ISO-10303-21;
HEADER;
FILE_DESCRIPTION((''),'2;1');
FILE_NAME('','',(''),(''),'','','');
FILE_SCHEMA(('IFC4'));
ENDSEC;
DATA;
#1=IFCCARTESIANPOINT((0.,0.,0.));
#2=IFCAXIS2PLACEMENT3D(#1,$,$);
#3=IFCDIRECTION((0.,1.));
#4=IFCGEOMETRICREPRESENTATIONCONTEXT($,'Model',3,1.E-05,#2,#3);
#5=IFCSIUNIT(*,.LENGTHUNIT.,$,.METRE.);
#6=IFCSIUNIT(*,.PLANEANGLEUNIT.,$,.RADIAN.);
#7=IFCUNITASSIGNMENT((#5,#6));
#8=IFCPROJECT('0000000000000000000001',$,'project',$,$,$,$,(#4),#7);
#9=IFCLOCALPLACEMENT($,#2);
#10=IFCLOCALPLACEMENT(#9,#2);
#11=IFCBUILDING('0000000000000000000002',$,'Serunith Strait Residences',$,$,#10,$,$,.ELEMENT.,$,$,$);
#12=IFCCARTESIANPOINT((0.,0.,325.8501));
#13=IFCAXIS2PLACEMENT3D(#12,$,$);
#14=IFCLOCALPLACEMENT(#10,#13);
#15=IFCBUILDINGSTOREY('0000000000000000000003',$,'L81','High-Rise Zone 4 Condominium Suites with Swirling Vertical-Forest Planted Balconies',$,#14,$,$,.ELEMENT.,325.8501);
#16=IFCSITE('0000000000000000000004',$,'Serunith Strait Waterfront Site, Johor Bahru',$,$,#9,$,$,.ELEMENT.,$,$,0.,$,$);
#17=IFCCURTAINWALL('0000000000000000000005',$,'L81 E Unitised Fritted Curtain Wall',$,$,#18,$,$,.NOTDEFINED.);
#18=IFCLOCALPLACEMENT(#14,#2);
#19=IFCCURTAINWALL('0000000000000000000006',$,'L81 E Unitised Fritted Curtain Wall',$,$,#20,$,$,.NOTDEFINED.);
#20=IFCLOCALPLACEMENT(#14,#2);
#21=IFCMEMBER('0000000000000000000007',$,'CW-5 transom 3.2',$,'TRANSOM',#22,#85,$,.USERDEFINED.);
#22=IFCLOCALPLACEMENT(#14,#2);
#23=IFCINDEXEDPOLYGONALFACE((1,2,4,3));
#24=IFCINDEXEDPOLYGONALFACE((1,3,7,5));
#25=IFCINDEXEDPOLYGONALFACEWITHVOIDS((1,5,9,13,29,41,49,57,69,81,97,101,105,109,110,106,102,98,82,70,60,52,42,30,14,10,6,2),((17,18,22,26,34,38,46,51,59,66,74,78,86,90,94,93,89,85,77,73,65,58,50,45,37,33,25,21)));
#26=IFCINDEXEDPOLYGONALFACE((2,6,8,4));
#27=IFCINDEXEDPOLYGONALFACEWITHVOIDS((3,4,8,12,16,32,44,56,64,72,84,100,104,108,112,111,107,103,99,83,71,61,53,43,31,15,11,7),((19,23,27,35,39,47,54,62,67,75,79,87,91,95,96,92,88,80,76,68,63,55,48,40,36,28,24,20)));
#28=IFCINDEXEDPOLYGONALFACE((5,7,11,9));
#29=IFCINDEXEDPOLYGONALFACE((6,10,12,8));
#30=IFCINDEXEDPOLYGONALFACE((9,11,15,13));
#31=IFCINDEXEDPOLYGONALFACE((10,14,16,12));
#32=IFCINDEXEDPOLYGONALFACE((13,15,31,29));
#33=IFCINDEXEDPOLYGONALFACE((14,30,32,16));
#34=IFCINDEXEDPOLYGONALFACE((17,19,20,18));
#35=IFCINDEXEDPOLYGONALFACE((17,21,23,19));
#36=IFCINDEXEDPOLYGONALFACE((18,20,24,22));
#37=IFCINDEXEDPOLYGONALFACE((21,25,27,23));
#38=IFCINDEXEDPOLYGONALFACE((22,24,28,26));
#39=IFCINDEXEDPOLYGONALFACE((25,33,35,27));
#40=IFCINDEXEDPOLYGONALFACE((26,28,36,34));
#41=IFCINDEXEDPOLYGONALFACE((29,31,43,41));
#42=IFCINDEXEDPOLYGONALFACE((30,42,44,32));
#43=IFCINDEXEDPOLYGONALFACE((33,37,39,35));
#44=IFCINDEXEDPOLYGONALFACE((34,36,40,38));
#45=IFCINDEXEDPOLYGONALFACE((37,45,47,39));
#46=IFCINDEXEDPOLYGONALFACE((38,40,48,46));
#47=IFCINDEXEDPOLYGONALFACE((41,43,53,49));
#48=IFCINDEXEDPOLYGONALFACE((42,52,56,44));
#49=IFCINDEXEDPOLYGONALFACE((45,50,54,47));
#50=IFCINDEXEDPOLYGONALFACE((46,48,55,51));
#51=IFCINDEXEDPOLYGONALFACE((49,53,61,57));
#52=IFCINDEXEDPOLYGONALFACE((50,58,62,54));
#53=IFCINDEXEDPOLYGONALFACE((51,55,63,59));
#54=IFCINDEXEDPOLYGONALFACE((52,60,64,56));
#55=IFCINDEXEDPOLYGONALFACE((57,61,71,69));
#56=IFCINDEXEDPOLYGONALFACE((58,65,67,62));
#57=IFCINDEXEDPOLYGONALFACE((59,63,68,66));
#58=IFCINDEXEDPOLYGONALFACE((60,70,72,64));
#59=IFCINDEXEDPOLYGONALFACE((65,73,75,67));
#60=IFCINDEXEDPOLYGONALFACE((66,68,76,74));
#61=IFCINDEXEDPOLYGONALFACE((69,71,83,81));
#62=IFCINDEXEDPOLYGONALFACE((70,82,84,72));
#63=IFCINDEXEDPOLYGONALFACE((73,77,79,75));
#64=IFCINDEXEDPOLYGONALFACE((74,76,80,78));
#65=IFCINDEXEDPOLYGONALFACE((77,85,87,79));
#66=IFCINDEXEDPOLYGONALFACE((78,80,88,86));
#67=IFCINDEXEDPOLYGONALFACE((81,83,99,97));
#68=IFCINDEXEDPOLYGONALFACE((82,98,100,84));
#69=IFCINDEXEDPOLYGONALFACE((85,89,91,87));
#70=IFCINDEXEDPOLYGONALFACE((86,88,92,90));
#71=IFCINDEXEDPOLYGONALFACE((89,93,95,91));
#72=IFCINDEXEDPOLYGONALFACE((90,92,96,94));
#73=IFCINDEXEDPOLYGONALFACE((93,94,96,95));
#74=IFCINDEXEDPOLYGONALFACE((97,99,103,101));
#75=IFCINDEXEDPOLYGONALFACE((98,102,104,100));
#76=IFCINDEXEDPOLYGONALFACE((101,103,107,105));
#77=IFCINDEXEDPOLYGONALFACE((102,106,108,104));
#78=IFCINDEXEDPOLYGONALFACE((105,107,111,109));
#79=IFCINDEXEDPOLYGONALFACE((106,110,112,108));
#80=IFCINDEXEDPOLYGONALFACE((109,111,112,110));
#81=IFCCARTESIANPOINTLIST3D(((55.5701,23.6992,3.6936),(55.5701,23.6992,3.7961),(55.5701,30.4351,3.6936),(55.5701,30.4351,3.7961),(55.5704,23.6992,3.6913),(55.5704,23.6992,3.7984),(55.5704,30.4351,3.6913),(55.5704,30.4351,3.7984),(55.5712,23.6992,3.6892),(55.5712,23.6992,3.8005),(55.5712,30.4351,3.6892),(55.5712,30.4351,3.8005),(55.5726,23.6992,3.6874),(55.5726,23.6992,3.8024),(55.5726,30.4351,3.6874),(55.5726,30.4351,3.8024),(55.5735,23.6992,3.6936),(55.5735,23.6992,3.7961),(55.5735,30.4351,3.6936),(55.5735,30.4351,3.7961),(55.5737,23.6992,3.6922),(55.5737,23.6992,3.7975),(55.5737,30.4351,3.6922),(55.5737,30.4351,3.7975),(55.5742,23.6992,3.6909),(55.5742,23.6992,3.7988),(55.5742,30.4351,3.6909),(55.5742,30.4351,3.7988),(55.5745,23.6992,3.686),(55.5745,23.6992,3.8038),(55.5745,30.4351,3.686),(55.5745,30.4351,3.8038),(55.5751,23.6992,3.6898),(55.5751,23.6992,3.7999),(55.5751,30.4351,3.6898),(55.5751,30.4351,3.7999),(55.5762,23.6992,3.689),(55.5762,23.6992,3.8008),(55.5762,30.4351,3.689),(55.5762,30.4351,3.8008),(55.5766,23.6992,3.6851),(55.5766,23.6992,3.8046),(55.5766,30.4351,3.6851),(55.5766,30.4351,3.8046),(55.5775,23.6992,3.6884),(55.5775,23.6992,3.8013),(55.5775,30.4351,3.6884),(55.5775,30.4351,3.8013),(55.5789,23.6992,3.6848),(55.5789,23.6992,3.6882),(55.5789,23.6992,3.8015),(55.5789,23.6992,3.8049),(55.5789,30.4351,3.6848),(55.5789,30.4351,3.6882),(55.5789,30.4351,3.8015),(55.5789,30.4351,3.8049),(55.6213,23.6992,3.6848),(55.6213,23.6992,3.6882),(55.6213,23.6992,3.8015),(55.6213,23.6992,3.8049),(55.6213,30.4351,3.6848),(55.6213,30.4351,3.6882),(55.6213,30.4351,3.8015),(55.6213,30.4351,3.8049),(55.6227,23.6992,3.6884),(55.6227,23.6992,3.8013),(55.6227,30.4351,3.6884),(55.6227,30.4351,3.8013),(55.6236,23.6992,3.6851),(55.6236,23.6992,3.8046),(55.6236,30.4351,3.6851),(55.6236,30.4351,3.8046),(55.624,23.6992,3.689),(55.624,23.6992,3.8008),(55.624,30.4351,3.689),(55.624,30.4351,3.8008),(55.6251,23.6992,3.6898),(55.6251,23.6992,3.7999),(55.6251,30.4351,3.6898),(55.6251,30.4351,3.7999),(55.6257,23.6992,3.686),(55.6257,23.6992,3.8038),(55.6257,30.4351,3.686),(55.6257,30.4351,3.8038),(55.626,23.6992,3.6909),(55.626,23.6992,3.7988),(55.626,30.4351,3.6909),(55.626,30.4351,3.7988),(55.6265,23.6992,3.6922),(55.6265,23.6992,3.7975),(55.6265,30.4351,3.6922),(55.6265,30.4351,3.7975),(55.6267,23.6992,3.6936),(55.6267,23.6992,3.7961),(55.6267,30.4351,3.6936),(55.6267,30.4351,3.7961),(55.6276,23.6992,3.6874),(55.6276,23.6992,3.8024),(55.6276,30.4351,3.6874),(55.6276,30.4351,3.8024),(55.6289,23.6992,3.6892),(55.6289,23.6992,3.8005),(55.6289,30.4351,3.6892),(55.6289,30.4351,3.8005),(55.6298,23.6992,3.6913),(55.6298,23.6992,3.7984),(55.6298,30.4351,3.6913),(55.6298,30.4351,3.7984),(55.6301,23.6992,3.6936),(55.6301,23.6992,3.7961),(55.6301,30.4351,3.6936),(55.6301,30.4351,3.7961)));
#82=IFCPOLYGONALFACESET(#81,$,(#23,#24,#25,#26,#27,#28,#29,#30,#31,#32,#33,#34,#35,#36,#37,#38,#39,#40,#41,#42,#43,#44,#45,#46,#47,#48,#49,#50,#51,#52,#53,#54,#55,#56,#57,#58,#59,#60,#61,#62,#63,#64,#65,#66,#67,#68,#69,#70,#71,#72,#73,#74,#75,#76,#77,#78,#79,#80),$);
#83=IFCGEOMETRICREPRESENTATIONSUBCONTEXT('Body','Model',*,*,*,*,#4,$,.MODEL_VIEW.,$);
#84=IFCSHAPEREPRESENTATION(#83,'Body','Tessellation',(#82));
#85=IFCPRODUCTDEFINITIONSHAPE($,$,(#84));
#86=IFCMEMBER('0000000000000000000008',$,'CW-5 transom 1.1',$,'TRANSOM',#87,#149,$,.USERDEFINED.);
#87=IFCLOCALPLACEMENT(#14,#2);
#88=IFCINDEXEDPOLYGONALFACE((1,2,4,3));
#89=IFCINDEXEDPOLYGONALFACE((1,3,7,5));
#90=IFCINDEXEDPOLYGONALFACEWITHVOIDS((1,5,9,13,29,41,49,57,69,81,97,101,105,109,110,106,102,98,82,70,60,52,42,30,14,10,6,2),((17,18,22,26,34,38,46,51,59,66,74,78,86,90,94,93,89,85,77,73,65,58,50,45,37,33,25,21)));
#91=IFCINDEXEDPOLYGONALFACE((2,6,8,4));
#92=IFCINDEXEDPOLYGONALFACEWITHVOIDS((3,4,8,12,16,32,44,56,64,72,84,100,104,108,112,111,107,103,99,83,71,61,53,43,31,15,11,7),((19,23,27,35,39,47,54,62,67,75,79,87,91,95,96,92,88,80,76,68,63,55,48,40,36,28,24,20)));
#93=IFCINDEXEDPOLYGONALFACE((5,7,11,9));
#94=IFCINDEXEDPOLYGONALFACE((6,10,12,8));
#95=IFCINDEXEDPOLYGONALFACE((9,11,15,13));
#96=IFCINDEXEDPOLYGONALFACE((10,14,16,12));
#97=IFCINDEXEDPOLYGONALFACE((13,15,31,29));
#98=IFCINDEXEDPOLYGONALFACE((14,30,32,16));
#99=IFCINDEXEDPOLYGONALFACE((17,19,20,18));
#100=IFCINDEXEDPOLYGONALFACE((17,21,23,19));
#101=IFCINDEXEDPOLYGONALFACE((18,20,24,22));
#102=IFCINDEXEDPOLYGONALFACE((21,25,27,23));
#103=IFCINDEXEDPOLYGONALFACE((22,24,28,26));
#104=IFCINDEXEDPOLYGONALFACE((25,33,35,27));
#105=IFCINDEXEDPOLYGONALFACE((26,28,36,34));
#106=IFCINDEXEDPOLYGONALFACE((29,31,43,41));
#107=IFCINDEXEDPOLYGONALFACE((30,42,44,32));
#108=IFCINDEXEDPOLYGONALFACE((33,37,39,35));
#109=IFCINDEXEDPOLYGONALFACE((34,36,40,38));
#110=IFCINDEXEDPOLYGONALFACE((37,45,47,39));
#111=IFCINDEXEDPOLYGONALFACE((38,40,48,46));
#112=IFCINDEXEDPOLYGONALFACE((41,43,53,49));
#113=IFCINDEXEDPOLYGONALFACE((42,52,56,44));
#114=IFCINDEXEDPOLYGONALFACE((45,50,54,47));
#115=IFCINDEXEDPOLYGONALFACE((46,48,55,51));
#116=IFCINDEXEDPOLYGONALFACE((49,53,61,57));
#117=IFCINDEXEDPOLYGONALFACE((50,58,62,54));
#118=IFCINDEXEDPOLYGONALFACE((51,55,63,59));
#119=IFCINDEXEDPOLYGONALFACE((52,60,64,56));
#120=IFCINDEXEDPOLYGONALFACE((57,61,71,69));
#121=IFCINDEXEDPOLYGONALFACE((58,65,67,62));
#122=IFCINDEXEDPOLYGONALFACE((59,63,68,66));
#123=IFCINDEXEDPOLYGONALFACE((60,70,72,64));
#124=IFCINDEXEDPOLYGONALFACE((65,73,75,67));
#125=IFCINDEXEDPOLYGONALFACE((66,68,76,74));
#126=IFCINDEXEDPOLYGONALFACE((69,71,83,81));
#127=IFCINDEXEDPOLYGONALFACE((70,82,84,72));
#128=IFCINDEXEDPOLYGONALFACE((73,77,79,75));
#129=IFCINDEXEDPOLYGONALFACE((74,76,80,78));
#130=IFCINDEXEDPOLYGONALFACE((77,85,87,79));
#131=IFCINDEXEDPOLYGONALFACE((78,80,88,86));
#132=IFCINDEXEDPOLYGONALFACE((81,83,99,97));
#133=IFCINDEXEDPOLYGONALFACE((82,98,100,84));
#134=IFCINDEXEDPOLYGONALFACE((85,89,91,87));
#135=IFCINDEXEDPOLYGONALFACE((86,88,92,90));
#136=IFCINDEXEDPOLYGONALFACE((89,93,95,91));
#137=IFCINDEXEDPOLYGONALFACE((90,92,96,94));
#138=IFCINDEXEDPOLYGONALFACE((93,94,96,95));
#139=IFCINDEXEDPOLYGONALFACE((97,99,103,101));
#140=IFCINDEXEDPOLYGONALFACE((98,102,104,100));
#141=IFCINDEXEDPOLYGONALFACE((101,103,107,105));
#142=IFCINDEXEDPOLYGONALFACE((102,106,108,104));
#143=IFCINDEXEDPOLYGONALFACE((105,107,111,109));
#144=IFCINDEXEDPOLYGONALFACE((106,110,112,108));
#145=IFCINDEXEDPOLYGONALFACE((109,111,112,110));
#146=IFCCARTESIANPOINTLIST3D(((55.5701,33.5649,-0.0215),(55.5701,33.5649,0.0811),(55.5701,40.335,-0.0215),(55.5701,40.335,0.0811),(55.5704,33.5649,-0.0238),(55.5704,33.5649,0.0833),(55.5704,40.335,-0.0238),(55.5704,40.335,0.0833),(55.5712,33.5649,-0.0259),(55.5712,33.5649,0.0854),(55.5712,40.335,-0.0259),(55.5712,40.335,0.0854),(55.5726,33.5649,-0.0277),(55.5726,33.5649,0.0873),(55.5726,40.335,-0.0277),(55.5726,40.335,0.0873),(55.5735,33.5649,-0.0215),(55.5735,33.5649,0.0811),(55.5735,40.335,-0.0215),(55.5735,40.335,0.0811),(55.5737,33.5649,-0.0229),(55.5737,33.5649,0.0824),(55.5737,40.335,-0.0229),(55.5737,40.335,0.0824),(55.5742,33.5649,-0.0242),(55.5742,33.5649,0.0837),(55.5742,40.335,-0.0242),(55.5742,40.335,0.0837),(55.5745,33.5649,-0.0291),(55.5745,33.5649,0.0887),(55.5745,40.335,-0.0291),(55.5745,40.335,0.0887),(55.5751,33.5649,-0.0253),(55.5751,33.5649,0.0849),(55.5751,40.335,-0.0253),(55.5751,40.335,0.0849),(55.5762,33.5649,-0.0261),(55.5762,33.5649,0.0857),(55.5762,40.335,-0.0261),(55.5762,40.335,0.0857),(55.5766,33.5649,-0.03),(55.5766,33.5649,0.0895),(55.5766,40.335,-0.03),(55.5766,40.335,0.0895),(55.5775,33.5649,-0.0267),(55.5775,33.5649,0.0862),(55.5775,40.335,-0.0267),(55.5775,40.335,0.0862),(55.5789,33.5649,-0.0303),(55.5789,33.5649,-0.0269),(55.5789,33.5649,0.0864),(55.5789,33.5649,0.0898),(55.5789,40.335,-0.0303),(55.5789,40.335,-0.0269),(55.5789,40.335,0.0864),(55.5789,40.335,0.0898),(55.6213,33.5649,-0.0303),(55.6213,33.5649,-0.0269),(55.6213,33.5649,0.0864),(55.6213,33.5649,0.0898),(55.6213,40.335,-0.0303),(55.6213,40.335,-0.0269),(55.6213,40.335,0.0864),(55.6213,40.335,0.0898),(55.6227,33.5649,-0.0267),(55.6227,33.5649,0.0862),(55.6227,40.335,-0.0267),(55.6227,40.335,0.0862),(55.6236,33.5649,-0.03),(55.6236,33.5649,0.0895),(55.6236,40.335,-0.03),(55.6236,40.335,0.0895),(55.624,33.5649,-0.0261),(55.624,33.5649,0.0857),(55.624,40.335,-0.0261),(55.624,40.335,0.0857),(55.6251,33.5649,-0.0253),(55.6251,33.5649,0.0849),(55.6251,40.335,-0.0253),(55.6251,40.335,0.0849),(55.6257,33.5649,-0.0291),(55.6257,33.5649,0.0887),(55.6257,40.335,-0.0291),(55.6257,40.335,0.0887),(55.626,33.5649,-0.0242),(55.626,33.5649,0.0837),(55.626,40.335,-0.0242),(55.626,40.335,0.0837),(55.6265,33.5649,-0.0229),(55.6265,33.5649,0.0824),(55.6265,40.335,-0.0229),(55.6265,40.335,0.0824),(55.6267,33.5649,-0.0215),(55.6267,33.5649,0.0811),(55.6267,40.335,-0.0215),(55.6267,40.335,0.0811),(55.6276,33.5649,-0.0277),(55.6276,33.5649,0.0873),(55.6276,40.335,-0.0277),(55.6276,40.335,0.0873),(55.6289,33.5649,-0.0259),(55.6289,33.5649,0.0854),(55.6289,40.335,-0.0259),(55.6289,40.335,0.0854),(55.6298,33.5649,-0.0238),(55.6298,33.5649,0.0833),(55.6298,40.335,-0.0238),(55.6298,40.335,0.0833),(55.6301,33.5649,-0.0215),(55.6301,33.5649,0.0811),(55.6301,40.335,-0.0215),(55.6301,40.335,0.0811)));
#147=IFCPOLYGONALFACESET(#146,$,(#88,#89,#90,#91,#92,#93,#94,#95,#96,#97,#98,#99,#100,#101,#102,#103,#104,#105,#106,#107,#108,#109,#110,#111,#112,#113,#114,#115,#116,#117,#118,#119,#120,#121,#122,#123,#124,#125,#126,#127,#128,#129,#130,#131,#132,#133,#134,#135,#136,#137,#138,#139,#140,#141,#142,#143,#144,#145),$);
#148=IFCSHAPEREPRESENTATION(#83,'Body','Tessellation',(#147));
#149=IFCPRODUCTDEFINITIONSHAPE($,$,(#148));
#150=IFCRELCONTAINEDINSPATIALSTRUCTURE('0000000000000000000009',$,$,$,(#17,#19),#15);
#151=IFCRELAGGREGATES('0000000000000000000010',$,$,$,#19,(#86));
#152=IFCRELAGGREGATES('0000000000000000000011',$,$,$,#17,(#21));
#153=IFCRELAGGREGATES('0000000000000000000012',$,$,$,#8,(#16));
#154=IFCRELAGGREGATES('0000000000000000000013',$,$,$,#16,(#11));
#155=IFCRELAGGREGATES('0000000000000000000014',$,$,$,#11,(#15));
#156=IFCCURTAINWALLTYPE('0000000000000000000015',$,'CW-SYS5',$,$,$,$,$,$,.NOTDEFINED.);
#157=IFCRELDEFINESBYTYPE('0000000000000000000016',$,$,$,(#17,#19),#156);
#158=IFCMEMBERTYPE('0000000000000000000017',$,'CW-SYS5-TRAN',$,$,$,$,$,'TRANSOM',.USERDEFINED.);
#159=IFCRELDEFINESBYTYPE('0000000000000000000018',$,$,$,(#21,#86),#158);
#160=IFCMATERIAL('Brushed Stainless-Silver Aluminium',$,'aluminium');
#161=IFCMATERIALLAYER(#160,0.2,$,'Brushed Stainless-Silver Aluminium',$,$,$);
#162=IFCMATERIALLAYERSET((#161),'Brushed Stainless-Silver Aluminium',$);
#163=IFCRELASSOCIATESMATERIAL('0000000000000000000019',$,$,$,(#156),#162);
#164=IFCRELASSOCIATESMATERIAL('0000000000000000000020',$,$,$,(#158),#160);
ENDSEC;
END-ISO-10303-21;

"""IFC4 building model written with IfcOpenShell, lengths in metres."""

from ifc_helpers import new_model, si_unit, direction, frame, origin, origin_2d, place, context, subcontext, project, spatial, hollow_rectangle, extrude, source, transform, mapped, material, layer, layer_set, material_profile, profile_set, type_object, element, aggregate, save


model = new_model("IFC4")

# Units and contexts
model_context = context("Model", 3, precision=1e-05, world=origin(), true_north=direction((0.0, 1.0)))
body_context = subcontext(model_context, "Body", "Model", "MODEL_VIEW")
ifc_project = project(units=[si_unit("LENGTHUNIT", "METRE"), si_unit("PLANEANGLEUNIT", "RADIAN")], contexts=[model_context])

# Site, building, storey
site_placement = place(None, origin())
site = spatial("IfcSite", under=ifc_project, at=site_placement, Name="Serunith Strait Waterfront Site, Johor Bahru", CompositionType="ELEMENT", RefElevation=0.0)
building_placement = place(site_placement, origin())
building = spatial("IfcBuilding", under=site, at=building_placement, Name="Serunith Strait Residences", CompositionType="ELEMENT")
storey_placement = place(building_placement, frame((0.0, 0.0, 325.8501)))
storey = spatial("IfcBuildingStorey", under=building, at=storey_placement, Name="L81", Description="High-Rise Zone 4 Condominium Suites with Swirling Vertical-Forest Planted Balconies", CompositionType="ELEMENT", Elevation=325.8501)

# Curtain wall
ifc_material_1 = material(Name="Brushed Stainless-Silver Aluminium", Category="aluminium")
ifc_layer_1 = layer(ifc_material_1, 0.2, Name="Brushed Stainless-Silver Aluminium")
ifc_layer_set_1 = layer_set([ifc_layer_1], Name="Brushed Stainless-Silver Aluminium")
curtain_wall_type = type_object("IfcCurtainWallType", Name="CW-SYS5", PredefinedType="NOTDEFINED", material=ifc_layer_set_1)
curtain_wall_1_placement = place(storey_placement, origin())
curtain_wall_1 = element("IfcCurtainWall", 1, at=curtain_wall_1_placement, inside=storey, type_object=curtain_wall_type, Name="L81 E Unitised Fritted Curtain Wall", PredefinedType="NOTDEFINED")

# Curtain wall
curtain_wall_2_placement = place(storey_placement, origin())
curtain_wall_2 = element("IfcCurtainWall", 2, at=curtain_wall_2_placement, inside=storey, type_object=curtain_wall_type, Name="L81 E Unitised Fritted Curtain Wall", PredefinedType="NOTDEFINED")

# Members
ifc_material_profile_1 = material_profile(ifc_material_1, hollow_rectangle(XDim=0.0601, YDim=0.1201, WallThickness=0.0034, InnerFilletRadius=0.0054, OuterFilletRadius=0.0088, at=origin_2d()), Name="ALU 120x60x3.5")
ifc_profile_set_1 = profile_set([ifc_material_profile_1], Name="Brushed Stainless-Silver Aluminium")
member_type_1 = type_object("IfcMemberType", Name="CW-SYS5-TRAN", ElementType="TRANSOM", PredefinedType="USERDEFINED", material=ifc_profile_set_1)
shared_shape_1 = source(origin(), body_context, "Body", "SweptSolid", [
    extrude(hollow_rectangle(XDim=0.0601, YDim=0.1201, WallThickness=0.0034, InnerFilletRadius=0.0054, OuterFilletRadius=0.0088, at=origin_2d()), origin(), (0.0, 0.0, 1.0), 6.7358),
])
member_1_placement = place(storey_placement, frame((55.6001, 23.6992, 3.7449), z_axis=(0.0, 1.0, 0.0), x_axis=(-1.0, 0.0, 0.0)))
member_1 = element("IfcMember", 3, at=member_1_placement, type_object=member_type_1, Name="CW-5 transom 3.2", ObjectType="TRANSOM", PredefinedType="USERDEFINED", context=body_context, shape_type="MappedRepresentation", body=[
    mapped(shared_shape_1, transform((0.0, 0.0, 0.0), scale=1.0)),
])
shared_shape_2 = source(origin(), body_context, "Body", "SweptSolid", [
    extrude(hollow_rectangle(XDim=0.0601, YDim=0.1201, WallThickness=0.0034, InnerFilletRadius=0.0054, OuterFilletRadius=0.0088, at=origin_2d()), origin(), (0.0, 0.0, 1.0), 6.77),
])
member_2_placement = place(storey_placement, frame((55.6001, 33.5649, 0.0298), z_axis=(0.0, 1.0, 0.0), x_axis=(-1.0, 0.0, 0.0)))
member_2 = element("IfcMember", 4, at=member_2_placement, type_object=member_type_1, Name="CW-5 transom 1.1", ObjectType="TRANSOM", PredefinedType="USERDEFINED", context=body_context, shape_type="MappedRepresentation", body=[
    mapped(shared_shape_2, transform((0.0, 0.0, 0.0), scale=1.0)),
])
aggregate(curtain_wall_2, [member_2])

aggregate(curtain_wall_1, [member_1])

save(model, "model.ifc")
